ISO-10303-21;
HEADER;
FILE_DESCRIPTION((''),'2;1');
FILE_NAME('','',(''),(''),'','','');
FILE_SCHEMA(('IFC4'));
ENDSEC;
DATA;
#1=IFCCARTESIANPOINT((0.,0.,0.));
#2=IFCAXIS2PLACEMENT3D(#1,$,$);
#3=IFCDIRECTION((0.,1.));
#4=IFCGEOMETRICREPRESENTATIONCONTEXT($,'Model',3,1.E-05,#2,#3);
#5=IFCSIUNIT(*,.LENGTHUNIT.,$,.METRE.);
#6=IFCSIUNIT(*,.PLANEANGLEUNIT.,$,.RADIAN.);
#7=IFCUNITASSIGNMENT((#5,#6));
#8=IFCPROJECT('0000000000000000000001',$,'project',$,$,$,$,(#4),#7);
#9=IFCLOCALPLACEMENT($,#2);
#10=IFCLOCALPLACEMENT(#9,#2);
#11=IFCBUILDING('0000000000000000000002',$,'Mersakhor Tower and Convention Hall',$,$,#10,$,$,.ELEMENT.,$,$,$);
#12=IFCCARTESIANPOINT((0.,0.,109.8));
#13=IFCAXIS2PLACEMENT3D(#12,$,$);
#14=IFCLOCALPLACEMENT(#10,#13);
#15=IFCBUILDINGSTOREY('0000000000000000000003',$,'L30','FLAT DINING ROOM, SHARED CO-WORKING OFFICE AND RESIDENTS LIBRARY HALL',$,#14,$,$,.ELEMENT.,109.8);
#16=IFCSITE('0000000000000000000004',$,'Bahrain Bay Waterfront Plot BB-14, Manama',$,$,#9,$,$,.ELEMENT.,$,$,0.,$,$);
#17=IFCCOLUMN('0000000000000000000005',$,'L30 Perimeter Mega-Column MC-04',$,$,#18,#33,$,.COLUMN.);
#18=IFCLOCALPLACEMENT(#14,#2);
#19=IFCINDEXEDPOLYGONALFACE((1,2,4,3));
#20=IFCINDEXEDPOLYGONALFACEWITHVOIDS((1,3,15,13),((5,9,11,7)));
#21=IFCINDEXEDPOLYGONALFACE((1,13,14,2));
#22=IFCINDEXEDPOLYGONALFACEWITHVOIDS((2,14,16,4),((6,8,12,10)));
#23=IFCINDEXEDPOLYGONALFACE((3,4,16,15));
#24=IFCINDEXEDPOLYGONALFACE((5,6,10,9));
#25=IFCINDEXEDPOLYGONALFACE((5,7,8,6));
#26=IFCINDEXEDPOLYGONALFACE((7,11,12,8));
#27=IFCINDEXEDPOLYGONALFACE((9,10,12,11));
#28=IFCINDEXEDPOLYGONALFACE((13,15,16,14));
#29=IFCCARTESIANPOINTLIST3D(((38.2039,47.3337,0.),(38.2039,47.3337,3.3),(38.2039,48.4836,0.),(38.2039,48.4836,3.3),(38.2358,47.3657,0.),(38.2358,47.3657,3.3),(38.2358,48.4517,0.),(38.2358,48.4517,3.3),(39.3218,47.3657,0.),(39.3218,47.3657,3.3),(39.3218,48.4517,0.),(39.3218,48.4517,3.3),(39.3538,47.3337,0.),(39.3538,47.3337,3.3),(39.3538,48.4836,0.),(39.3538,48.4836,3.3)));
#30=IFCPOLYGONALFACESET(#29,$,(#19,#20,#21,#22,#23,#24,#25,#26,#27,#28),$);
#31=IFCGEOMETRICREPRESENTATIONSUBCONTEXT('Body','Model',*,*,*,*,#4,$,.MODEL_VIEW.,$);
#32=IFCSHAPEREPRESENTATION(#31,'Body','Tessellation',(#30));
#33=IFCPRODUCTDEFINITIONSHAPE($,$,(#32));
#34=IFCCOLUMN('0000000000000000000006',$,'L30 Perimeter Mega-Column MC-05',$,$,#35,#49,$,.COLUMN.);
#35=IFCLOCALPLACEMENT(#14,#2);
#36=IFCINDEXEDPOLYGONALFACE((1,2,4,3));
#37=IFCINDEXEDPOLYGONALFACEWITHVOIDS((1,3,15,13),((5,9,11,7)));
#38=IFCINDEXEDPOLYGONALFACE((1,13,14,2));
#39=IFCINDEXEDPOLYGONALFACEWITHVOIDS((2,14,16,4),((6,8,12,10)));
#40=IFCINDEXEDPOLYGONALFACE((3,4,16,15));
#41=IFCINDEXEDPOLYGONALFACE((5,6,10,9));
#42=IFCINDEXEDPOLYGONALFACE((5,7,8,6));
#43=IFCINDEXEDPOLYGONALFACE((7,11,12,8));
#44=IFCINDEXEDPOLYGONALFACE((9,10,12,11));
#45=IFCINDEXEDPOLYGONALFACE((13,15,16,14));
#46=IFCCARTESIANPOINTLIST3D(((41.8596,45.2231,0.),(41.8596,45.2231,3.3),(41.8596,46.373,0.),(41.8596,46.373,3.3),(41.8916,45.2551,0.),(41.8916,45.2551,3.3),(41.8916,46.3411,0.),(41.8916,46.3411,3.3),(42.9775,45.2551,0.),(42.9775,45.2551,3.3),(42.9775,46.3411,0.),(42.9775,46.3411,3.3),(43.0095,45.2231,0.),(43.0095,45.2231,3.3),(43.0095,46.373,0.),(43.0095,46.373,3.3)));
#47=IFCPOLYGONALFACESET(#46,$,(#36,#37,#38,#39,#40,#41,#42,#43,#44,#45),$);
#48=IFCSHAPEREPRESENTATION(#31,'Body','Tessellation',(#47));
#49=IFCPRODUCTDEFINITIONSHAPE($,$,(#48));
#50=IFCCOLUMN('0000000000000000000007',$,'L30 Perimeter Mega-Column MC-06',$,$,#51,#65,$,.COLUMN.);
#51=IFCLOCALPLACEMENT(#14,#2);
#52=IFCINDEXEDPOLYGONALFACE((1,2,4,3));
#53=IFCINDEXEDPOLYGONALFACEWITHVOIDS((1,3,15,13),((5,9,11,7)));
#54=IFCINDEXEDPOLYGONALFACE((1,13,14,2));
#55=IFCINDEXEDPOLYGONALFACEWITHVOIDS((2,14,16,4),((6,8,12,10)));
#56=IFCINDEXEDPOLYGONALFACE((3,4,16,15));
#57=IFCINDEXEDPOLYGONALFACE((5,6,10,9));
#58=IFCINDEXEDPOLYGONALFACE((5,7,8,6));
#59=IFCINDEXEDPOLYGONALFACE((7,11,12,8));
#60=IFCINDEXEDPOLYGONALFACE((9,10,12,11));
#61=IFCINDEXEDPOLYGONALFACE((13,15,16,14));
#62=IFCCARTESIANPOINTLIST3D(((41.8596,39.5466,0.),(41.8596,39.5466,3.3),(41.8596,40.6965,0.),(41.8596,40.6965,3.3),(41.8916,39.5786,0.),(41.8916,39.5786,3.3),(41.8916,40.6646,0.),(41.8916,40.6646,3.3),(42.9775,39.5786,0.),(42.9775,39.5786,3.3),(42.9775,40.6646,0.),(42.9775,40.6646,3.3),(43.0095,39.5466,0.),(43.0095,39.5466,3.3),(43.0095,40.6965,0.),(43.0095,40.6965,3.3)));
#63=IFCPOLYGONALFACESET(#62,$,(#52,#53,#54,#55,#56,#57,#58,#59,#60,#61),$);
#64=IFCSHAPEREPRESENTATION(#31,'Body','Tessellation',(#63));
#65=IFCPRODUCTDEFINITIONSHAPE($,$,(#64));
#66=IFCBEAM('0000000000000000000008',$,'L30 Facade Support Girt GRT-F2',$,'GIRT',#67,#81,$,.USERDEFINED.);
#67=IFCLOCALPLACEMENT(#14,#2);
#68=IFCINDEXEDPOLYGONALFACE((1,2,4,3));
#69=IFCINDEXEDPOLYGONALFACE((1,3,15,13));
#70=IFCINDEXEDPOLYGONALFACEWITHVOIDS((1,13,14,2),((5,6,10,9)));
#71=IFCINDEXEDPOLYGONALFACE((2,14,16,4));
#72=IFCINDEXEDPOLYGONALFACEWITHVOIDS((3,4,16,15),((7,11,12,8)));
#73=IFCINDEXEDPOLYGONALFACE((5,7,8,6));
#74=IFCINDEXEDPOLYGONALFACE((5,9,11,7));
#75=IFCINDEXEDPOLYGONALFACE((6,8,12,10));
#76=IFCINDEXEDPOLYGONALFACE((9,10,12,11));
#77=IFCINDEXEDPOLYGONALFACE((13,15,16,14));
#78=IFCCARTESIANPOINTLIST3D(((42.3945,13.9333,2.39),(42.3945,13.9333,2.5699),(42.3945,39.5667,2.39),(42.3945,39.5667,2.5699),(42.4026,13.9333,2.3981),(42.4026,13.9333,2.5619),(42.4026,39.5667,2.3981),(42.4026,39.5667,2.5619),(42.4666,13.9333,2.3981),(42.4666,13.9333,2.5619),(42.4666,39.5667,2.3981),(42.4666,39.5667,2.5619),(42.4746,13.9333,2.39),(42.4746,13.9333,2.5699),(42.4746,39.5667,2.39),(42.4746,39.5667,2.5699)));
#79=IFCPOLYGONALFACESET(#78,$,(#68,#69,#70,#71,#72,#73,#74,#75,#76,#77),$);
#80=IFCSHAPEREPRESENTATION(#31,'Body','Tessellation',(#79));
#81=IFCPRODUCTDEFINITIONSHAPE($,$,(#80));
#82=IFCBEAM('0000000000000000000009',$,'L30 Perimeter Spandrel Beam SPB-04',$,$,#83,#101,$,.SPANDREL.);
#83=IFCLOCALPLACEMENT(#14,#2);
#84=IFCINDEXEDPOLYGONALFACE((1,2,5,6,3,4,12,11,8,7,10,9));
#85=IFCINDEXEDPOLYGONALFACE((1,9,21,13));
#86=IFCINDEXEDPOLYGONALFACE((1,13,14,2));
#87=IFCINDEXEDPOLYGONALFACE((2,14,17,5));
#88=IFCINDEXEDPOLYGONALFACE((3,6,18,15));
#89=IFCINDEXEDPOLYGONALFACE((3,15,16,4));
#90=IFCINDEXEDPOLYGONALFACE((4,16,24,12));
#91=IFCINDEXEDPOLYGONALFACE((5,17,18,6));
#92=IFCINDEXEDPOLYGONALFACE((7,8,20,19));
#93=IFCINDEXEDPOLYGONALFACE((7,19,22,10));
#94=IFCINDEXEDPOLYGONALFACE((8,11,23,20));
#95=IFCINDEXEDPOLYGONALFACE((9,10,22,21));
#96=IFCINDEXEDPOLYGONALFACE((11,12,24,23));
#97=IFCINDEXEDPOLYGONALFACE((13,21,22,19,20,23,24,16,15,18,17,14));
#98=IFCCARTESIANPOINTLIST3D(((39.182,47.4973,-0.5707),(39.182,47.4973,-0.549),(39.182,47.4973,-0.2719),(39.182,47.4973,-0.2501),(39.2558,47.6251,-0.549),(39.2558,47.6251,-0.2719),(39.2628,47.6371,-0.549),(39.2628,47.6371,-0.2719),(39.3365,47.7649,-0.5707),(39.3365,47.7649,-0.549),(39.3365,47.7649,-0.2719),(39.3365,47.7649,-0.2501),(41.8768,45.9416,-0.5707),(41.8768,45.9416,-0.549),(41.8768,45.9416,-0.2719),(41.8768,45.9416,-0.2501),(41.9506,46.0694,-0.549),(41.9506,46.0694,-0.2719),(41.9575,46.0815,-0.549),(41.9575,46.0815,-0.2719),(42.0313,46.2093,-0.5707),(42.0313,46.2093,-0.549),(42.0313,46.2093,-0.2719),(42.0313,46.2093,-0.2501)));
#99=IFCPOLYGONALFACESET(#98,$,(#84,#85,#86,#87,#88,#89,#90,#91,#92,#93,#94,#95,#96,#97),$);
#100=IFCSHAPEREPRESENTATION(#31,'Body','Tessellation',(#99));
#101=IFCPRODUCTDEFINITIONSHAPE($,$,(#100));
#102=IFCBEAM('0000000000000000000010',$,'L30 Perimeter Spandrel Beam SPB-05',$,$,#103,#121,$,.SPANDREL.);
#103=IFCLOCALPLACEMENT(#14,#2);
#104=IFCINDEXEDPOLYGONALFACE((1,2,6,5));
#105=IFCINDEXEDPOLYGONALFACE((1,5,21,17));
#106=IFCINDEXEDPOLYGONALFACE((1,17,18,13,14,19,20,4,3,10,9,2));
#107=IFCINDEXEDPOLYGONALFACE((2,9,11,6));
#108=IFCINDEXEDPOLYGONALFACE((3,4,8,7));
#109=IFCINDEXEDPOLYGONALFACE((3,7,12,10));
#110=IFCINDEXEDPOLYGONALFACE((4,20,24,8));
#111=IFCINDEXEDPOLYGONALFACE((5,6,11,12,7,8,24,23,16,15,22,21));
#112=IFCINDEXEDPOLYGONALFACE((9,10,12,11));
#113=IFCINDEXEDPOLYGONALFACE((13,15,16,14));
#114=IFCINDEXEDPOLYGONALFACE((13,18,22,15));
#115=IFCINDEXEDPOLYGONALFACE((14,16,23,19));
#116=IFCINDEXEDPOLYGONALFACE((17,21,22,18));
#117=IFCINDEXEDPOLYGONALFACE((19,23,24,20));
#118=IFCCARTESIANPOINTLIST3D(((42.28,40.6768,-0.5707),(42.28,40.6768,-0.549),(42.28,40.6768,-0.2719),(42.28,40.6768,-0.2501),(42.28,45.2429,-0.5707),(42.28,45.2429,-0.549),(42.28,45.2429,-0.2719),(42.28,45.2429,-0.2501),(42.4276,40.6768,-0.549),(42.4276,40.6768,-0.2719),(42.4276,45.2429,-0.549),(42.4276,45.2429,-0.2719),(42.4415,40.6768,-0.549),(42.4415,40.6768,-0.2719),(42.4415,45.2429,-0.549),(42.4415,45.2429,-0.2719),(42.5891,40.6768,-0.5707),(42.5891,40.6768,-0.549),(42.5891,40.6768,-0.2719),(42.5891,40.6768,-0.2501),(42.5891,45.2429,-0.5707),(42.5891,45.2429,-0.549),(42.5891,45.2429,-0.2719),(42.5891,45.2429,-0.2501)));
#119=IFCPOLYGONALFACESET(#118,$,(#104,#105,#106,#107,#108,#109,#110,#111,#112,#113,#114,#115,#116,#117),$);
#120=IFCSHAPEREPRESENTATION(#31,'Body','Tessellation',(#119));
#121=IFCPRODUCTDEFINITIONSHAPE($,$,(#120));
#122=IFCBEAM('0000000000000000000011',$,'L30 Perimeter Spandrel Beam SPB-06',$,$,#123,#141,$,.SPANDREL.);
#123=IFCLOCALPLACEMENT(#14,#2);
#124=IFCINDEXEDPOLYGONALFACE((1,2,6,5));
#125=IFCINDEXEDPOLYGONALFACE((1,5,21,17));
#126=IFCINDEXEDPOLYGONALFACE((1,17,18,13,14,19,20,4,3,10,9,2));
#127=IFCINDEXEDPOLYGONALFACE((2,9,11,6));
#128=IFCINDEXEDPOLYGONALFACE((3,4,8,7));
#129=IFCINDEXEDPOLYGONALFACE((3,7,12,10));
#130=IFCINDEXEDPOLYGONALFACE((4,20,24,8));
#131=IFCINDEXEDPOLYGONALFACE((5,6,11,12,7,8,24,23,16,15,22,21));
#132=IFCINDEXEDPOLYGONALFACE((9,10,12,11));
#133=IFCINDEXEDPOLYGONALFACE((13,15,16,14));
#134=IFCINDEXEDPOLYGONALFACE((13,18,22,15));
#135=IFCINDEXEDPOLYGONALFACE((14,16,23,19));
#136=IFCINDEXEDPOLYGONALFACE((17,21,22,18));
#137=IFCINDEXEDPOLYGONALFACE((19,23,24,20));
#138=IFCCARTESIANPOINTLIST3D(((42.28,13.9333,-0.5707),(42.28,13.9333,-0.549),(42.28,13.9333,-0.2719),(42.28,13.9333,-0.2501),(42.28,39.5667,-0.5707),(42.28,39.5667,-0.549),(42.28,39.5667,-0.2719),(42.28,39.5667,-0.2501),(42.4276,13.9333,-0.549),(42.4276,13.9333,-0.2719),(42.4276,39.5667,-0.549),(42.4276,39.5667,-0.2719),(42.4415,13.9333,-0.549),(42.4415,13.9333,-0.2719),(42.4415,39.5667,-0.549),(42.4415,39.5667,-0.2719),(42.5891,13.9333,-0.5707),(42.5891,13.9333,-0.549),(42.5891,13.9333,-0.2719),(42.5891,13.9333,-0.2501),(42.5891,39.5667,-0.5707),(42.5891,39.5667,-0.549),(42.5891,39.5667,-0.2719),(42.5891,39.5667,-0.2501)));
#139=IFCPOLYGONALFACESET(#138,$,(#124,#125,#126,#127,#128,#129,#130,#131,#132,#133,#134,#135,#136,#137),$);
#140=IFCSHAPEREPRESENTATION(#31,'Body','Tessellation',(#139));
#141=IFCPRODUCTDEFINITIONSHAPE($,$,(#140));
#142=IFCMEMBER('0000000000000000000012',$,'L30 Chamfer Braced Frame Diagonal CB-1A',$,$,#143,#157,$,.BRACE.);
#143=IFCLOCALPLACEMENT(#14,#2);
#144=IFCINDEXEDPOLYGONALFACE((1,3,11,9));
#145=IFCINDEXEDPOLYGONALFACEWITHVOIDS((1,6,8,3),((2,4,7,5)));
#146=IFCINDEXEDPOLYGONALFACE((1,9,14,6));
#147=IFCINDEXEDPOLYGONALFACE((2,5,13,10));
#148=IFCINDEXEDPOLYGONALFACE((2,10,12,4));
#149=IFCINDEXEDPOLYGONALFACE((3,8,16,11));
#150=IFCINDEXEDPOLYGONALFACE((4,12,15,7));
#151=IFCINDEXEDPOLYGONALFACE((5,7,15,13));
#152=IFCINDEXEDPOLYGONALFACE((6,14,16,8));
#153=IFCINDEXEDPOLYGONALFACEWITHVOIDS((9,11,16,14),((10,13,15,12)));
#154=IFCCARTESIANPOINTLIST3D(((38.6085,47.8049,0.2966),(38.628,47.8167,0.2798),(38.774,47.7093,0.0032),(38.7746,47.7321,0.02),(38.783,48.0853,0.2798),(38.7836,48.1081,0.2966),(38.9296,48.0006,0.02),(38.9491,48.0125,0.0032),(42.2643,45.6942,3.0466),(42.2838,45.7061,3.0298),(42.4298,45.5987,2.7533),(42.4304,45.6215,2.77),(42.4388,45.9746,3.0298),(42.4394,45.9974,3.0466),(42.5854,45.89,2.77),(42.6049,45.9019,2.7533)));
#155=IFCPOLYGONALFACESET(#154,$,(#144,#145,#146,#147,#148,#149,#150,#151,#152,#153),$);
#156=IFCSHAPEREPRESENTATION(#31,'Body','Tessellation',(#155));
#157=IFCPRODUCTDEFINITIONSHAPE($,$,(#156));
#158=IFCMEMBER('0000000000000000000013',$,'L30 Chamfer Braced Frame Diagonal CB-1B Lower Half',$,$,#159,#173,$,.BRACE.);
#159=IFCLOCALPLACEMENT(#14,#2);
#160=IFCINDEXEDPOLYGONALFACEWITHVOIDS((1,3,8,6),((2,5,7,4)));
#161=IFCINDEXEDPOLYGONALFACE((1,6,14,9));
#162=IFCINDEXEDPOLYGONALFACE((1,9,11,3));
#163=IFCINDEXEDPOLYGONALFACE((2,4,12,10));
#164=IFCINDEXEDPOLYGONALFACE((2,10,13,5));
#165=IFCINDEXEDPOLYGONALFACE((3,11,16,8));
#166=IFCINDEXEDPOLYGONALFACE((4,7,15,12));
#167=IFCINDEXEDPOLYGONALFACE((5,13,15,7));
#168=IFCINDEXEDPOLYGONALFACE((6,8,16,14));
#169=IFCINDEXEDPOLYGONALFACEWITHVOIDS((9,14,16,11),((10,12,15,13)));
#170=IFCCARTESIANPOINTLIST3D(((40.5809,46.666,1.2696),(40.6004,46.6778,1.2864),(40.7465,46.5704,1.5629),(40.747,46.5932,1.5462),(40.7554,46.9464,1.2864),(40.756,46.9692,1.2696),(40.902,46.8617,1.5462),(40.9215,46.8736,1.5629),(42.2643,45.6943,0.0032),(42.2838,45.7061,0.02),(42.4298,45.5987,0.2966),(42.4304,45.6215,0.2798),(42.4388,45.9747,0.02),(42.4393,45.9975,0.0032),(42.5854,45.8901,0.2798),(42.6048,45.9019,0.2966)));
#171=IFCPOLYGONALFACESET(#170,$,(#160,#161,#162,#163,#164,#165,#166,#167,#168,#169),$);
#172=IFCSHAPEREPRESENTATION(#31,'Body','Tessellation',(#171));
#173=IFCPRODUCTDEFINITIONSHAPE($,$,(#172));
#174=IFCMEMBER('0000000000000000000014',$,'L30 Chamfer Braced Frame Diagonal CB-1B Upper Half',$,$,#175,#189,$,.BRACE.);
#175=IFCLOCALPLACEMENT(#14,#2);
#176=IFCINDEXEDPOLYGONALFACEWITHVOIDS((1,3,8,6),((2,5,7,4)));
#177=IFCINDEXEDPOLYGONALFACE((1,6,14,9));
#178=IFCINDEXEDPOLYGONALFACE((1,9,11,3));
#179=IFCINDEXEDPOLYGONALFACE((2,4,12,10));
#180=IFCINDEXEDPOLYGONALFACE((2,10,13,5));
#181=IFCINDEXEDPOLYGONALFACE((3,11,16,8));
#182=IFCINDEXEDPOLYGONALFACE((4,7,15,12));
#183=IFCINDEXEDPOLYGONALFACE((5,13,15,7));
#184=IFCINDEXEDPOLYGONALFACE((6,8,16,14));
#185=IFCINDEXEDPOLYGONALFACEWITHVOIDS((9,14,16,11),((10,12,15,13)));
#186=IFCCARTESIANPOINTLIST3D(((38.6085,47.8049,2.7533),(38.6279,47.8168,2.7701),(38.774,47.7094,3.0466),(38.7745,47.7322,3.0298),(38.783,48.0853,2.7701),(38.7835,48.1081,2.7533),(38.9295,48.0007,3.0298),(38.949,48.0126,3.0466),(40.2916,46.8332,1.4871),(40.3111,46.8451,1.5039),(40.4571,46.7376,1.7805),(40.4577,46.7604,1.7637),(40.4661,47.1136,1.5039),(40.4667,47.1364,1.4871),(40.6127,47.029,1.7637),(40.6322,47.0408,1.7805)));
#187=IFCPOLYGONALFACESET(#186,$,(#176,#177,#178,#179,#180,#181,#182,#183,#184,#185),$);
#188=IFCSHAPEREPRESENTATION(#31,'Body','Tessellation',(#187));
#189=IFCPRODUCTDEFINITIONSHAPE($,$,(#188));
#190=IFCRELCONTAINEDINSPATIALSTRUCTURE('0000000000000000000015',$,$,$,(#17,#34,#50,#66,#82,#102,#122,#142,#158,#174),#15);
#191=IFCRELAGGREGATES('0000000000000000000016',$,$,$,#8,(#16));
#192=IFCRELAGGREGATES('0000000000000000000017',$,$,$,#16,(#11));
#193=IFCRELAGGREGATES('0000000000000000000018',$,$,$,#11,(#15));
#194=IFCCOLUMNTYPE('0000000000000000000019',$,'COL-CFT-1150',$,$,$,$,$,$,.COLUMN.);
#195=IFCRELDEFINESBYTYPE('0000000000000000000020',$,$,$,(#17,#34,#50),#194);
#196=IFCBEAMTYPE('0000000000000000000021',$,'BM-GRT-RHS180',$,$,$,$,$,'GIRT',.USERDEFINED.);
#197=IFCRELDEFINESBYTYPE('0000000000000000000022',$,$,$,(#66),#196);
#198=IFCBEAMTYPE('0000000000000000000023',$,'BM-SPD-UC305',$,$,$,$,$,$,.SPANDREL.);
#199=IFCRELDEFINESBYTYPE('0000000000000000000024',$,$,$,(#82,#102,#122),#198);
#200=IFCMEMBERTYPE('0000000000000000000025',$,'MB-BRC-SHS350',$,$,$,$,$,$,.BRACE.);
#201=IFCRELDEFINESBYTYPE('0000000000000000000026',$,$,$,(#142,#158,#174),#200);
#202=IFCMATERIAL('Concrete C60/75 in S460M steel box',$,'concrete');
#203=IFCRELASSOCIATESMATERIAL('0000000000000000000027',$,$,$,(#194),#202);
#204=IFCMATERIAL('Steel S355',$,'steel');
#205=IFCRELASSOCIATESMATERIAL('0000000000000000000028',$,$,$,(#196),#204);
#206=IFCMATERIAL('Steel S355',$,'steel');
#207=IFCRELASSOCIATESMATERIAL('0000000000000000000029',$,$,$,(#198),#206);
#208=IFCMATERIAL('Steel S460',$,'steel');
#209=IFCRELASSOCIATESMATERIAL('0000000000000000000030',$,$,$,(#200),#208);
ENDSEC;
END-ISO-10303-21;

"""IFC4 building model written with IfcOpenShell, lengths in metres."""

from ifc_helpers import new_model, si_unit, direction, frame, origin, origin_2d, place, context, subcontext, project, spatial, hollow_rectangle, i_section, extrude, material, material_profile, profile_set, type_object, element, save


model = new_model("IFC4")

# Units and contexts
model_context = context("Model", 3, precision=1e-05, world=origin(), true_north=direction((0.0, 1.0)))
body_context = subcontext(model_context, "Body", "Model", "MODEL_VIEW")
ifc_project = project(units=[si_unit("LENGTHUNIT", "METRE"), si_unit("PLANEANGLEUNIT", "RADIAN")], contexts=[model_context])

# Site, building, storey
site_placement = place(None, origin())
site = spatial("IfcSite", under=ifc_project, at=site_placement, Name="Bahrain Bay Waterfront Plot BB-14, Manama", CompositionType="ELEMENT", RefElevation=0.0)
building_placement = place(site_placement, origin())
building = spatial("IfcBuilding", under=site, at=building_placement, Name="Mersakhor Tower and Convention Hall", CompositionType="ELEMENT")
storey_placement = place(building_placement, frame((0.0, 0.0, 109.8)))
storey = spatial("IfcBuildingStorey", under=building, at=storey_placement, Name="L30", Description="FLAT DINING ROOM, SHARED CO-WORKING OFFICE AND RESIDENTS LIBRARY HALL", CompositionType="ELEMENT", Elevation=109.8)

# Columns
ifc_material_1 = material(Name="Concrete C60/75 in S460M steel box", Category="concrete")
ifc_material_profile_1 = material_profile(ifc_material_1, hollow_rectangle(XDim=1.1499, YDim=1.1499, WallThickness=0.032, at=origin_2d()), Name="SHS 1150x1150x32")
ifc_profile_set_1 = profile_set([ifc_material_profile_1], Name="Concrete C60/75 in S460M steel box")
column_type = type_object("IfcColumnType", Name="COL-CFT-1150", PredefinedType="COLUMN", material=ifc_profile_set_1)
for number, where, z_axis, x_axis, name in (
    (1, (38.7788, 47.9087, 0.0), (0.0, 0.0, 1.0), (1.0, 0.0, 0.0), "L30 Perimeter Mega-Column MC-04"),
    (2, (42.4346, 45.7981, 0.0), (0.0, 0.0, 1.0), (1.0, 0.0, 0.0), "L30 Perimeter Mega-Column MC-05"),
    (3, (42.4346, 40.1216, 0.0), (0.0, 0.0, 1.0), (1.0, 0.0, 0.0), "L30 Perimeter Mega-Column MC-06"),
):
    element("IfcColumn", number, at=place(storey_placement, frame(where, z_axis=z_axis, x_axis=x_axis)), inside=storey, type_object=column_type, Name=name, PredefinedType="COLUMN", context=body_context, shape_type="SweptSolid", body=[
        extrude(hollow_rectangle(XDim=1.1499, YDim=1.1499, WallThickness=0.032, at=origin_2d()), origin(), (0.0, 0.0, 1.0), 3.3),
    ])

# Beams
ifc_material_2 = material(Name="Steel S355", Category="steel")
ifc_material_profile_2 = material_profile(ifc_material_2, hollow_rectangle(XDim=0.0801, YDim=0.1799, WallThickness=0.0081, at=origin_2d()), Name="RHS 180x80x8")
ifc_profile_set_2 = profile_set([ifc_material_profile_2], Name="Steel S355")
beam_type_1 = type_object("IfcBeamType", Name="BM-GRT-RHS180", ElementType="GIRT", PredefinedType="USERDEFINED", material=ifc_profile_set_2)
beam_1_placement = place(storey_placement, frame((42.4346, 39.5667, 2.48), z_axis=(0.0, -1.0, 0.0), x_axis=(1.0, 0.0, 0.0)))
element("IfcBeam", 4, at=beam_1_placement, inside=storey, type_object=beam_type_1, Name="L30 Facade Support Girt GRT-F2", ObjectType="GIRT", PredefinedType="USERDEFINED", context=body_context, shape_type="SweptSolid", body=[
    extrude(hollow_rectangle(XDim=0.0801, YDim=0.1799, WallThickness=0.0081, at=origin_2d()), origin(), (0.0, 0.0, 1.0), 25.6333),
])
ifc_material_3 = material(Name="Steel S355", Category="steel")
ifc_material_profile_3 = material_profile(ifc_material_3, i_section(OverallWidth=0.3091, OverallDepth=0.3206, WebThickness=0.0139, FlangeThickness=0.0217, at=origin_2d()), Name="UC 305x305x137")
ifc_profile_set_3 = profile_set([ifc_material_profile_3], Name="Steel S355")
beam_type_2 = type_object("IfcBeamType", Name="BM-SPD-UC305", PredefinedType="SPANDREL", material=ifc_profile_set_3)
beam_2_placement = place(storey_placement, frame((39.2593, 47.6311, -0.4104), z_axis=(0.866052, -0.499953, 0.0), x_axis=(0.499953, 0.866052, 0.0)))
element("IfcBeam", 5, at=beam_2_placement, inside=storey, type_object=beam_type_2, Name="L30 Perimeter Spandrel Beam SPB-04", PredefinedType="SPANDREL", context=body_context, shape_type="SweptSolid", body=[
    extrude(i_section(OverallWidth=0.3091, OverallDepth=0.3206, WebThickness=0.0139, FlangeThickness=0.0217, at=origin_2d()), origin(), (0.0, 0.0, 1.0), 3.1116),
])
beam_3_placement = place(storey_placement, frame((42.4346, 45.2429, -0.4104), z_axis=(0.0, -1.0, 0.0), x_axis=(1.0, 0.0, 0.0)))
element("IfcBeam", 6, at=beam_3_placement, inside=storey, type_object=beam_type_2, Name="L30 Perimeter Spandrel Beam SPB-05", PredefinedType="SPANDREL", context=body_context, shape_type="SweptSolid", body=[
    extrude(i_section(OverallWidth=0.3091, OverallDepth=0.3206, WebThickness=0.0139, FlangeThickness=0.0217, at=origin_2d()), origin(), (0.0, 0.0, 1.0), 4.5662),
])
beam_4_placement = place(storey_placement, frame((42.4346, 39.5667, -0.4104), z_axis=(0.0, -1.0, 0.0), x_axis=(1.0, 0.0, 0.0)))
element("IfcBeam", 7, at=beam_4_placement, inside=storey, type_object=beam_type_2, Name="L30 Perimeter Spandrel Beam SPB-06", PredefinedType="SPANDREL", context=body_context, shape_type="SweptSolid", body=[
    extrude(i_section(OverallWidth=0.3091, OverallDepth=0.3206, WebThickness=0.0139, FlangeThickness=0.0217, at=origin_2d()), origin(), (0.0, 0.0, 1.0), 25.6333),
])

# Members
ifc_material_4 = material(Name="Steel S460", Category="steel")
ifc_material_profile_4 = material_profile(ifc_material_4, hollow_rectangle(XDim=0.3501, YDim=0.3501, WallThickness=0.02, at=origin_2d()), Name="SHS 350x350x20")
ifc_profile_set_4 = profile_set([ifc_material_profile_4], Name="Steel S460")
member_type = type_object("IfcMemberType", Name="MB-BRC-SHS350", PredefinedType="BRACE", material=ifc_profile_set_4)
member_1_placement = place(storey_placement, frame((38.7788, 47.9087, 0.1499), z_axis=(0.725634, -0.418933, 0.545849), x_axis=(0.499989, 0.866031, 0.0)))
element("IfcMember", 8, at=member_1_placement, inside=storey, type_object=member_type, Name="L30 Chamfer Braced Frame Diagonal CB-1A", PredefinedType="BRACE", context=body_context, shape_type="SweptSolid", body=[
    extrude(hollow_rectangle(XDim=0.3501, YDim=0.3501, WallThickness=0.02, at=origin_2d()), origin(), (0.0, 0.0, 1.0), 5.0381),
])
member_2_placement = place(storey_placement, frame((42.4346, 45.7981, 0.1499), z_axis=(-0.725643, 0.418863, 0.54589), x_axis=(-0.499922, -0.866071, 0.0)))
element("IfcMember", 9, at=member_2_placement, inside=storey, type_object=member_type, Name="L30 Chamfer Braced Frame Diagonal CB-1B Lower Half", PredefinedType="BRACE", context=body_context, shape_type="SweptSolid", body=[
    extrude(hollow_rectangle(XDim=0.3501, YDim=0.3501, WallThickness=0.02, at=origin_2d()), origin(), (0.0, 0.0, 1.0), 2.3198),
])
member_3_placement = place(storey_placement, frame((40.4619, 46.937, 1.6338), z_axis=(-0.725635, 0.418919, 0.545858), x_axis=(-0.499976, -0.866039, 0.0)))
element("IfcMember", 10, at=member_3_placement, inside=storey, type_object=member_type, Name="L30 Chamfer Braced Frame Diagonal CB-1B Upper Half", PredefinedType="BRACE", context=body_context, shape_type="SweptSolid", body=[
    extrude(hollow_rectangle(XDim=0.3501, YDim=0.3501, WallThickness=0.02, at=origin_2d()), origin(), (0.0, 0.0, 1.0), 2.3196),
])

save(model, "model.ifc")
